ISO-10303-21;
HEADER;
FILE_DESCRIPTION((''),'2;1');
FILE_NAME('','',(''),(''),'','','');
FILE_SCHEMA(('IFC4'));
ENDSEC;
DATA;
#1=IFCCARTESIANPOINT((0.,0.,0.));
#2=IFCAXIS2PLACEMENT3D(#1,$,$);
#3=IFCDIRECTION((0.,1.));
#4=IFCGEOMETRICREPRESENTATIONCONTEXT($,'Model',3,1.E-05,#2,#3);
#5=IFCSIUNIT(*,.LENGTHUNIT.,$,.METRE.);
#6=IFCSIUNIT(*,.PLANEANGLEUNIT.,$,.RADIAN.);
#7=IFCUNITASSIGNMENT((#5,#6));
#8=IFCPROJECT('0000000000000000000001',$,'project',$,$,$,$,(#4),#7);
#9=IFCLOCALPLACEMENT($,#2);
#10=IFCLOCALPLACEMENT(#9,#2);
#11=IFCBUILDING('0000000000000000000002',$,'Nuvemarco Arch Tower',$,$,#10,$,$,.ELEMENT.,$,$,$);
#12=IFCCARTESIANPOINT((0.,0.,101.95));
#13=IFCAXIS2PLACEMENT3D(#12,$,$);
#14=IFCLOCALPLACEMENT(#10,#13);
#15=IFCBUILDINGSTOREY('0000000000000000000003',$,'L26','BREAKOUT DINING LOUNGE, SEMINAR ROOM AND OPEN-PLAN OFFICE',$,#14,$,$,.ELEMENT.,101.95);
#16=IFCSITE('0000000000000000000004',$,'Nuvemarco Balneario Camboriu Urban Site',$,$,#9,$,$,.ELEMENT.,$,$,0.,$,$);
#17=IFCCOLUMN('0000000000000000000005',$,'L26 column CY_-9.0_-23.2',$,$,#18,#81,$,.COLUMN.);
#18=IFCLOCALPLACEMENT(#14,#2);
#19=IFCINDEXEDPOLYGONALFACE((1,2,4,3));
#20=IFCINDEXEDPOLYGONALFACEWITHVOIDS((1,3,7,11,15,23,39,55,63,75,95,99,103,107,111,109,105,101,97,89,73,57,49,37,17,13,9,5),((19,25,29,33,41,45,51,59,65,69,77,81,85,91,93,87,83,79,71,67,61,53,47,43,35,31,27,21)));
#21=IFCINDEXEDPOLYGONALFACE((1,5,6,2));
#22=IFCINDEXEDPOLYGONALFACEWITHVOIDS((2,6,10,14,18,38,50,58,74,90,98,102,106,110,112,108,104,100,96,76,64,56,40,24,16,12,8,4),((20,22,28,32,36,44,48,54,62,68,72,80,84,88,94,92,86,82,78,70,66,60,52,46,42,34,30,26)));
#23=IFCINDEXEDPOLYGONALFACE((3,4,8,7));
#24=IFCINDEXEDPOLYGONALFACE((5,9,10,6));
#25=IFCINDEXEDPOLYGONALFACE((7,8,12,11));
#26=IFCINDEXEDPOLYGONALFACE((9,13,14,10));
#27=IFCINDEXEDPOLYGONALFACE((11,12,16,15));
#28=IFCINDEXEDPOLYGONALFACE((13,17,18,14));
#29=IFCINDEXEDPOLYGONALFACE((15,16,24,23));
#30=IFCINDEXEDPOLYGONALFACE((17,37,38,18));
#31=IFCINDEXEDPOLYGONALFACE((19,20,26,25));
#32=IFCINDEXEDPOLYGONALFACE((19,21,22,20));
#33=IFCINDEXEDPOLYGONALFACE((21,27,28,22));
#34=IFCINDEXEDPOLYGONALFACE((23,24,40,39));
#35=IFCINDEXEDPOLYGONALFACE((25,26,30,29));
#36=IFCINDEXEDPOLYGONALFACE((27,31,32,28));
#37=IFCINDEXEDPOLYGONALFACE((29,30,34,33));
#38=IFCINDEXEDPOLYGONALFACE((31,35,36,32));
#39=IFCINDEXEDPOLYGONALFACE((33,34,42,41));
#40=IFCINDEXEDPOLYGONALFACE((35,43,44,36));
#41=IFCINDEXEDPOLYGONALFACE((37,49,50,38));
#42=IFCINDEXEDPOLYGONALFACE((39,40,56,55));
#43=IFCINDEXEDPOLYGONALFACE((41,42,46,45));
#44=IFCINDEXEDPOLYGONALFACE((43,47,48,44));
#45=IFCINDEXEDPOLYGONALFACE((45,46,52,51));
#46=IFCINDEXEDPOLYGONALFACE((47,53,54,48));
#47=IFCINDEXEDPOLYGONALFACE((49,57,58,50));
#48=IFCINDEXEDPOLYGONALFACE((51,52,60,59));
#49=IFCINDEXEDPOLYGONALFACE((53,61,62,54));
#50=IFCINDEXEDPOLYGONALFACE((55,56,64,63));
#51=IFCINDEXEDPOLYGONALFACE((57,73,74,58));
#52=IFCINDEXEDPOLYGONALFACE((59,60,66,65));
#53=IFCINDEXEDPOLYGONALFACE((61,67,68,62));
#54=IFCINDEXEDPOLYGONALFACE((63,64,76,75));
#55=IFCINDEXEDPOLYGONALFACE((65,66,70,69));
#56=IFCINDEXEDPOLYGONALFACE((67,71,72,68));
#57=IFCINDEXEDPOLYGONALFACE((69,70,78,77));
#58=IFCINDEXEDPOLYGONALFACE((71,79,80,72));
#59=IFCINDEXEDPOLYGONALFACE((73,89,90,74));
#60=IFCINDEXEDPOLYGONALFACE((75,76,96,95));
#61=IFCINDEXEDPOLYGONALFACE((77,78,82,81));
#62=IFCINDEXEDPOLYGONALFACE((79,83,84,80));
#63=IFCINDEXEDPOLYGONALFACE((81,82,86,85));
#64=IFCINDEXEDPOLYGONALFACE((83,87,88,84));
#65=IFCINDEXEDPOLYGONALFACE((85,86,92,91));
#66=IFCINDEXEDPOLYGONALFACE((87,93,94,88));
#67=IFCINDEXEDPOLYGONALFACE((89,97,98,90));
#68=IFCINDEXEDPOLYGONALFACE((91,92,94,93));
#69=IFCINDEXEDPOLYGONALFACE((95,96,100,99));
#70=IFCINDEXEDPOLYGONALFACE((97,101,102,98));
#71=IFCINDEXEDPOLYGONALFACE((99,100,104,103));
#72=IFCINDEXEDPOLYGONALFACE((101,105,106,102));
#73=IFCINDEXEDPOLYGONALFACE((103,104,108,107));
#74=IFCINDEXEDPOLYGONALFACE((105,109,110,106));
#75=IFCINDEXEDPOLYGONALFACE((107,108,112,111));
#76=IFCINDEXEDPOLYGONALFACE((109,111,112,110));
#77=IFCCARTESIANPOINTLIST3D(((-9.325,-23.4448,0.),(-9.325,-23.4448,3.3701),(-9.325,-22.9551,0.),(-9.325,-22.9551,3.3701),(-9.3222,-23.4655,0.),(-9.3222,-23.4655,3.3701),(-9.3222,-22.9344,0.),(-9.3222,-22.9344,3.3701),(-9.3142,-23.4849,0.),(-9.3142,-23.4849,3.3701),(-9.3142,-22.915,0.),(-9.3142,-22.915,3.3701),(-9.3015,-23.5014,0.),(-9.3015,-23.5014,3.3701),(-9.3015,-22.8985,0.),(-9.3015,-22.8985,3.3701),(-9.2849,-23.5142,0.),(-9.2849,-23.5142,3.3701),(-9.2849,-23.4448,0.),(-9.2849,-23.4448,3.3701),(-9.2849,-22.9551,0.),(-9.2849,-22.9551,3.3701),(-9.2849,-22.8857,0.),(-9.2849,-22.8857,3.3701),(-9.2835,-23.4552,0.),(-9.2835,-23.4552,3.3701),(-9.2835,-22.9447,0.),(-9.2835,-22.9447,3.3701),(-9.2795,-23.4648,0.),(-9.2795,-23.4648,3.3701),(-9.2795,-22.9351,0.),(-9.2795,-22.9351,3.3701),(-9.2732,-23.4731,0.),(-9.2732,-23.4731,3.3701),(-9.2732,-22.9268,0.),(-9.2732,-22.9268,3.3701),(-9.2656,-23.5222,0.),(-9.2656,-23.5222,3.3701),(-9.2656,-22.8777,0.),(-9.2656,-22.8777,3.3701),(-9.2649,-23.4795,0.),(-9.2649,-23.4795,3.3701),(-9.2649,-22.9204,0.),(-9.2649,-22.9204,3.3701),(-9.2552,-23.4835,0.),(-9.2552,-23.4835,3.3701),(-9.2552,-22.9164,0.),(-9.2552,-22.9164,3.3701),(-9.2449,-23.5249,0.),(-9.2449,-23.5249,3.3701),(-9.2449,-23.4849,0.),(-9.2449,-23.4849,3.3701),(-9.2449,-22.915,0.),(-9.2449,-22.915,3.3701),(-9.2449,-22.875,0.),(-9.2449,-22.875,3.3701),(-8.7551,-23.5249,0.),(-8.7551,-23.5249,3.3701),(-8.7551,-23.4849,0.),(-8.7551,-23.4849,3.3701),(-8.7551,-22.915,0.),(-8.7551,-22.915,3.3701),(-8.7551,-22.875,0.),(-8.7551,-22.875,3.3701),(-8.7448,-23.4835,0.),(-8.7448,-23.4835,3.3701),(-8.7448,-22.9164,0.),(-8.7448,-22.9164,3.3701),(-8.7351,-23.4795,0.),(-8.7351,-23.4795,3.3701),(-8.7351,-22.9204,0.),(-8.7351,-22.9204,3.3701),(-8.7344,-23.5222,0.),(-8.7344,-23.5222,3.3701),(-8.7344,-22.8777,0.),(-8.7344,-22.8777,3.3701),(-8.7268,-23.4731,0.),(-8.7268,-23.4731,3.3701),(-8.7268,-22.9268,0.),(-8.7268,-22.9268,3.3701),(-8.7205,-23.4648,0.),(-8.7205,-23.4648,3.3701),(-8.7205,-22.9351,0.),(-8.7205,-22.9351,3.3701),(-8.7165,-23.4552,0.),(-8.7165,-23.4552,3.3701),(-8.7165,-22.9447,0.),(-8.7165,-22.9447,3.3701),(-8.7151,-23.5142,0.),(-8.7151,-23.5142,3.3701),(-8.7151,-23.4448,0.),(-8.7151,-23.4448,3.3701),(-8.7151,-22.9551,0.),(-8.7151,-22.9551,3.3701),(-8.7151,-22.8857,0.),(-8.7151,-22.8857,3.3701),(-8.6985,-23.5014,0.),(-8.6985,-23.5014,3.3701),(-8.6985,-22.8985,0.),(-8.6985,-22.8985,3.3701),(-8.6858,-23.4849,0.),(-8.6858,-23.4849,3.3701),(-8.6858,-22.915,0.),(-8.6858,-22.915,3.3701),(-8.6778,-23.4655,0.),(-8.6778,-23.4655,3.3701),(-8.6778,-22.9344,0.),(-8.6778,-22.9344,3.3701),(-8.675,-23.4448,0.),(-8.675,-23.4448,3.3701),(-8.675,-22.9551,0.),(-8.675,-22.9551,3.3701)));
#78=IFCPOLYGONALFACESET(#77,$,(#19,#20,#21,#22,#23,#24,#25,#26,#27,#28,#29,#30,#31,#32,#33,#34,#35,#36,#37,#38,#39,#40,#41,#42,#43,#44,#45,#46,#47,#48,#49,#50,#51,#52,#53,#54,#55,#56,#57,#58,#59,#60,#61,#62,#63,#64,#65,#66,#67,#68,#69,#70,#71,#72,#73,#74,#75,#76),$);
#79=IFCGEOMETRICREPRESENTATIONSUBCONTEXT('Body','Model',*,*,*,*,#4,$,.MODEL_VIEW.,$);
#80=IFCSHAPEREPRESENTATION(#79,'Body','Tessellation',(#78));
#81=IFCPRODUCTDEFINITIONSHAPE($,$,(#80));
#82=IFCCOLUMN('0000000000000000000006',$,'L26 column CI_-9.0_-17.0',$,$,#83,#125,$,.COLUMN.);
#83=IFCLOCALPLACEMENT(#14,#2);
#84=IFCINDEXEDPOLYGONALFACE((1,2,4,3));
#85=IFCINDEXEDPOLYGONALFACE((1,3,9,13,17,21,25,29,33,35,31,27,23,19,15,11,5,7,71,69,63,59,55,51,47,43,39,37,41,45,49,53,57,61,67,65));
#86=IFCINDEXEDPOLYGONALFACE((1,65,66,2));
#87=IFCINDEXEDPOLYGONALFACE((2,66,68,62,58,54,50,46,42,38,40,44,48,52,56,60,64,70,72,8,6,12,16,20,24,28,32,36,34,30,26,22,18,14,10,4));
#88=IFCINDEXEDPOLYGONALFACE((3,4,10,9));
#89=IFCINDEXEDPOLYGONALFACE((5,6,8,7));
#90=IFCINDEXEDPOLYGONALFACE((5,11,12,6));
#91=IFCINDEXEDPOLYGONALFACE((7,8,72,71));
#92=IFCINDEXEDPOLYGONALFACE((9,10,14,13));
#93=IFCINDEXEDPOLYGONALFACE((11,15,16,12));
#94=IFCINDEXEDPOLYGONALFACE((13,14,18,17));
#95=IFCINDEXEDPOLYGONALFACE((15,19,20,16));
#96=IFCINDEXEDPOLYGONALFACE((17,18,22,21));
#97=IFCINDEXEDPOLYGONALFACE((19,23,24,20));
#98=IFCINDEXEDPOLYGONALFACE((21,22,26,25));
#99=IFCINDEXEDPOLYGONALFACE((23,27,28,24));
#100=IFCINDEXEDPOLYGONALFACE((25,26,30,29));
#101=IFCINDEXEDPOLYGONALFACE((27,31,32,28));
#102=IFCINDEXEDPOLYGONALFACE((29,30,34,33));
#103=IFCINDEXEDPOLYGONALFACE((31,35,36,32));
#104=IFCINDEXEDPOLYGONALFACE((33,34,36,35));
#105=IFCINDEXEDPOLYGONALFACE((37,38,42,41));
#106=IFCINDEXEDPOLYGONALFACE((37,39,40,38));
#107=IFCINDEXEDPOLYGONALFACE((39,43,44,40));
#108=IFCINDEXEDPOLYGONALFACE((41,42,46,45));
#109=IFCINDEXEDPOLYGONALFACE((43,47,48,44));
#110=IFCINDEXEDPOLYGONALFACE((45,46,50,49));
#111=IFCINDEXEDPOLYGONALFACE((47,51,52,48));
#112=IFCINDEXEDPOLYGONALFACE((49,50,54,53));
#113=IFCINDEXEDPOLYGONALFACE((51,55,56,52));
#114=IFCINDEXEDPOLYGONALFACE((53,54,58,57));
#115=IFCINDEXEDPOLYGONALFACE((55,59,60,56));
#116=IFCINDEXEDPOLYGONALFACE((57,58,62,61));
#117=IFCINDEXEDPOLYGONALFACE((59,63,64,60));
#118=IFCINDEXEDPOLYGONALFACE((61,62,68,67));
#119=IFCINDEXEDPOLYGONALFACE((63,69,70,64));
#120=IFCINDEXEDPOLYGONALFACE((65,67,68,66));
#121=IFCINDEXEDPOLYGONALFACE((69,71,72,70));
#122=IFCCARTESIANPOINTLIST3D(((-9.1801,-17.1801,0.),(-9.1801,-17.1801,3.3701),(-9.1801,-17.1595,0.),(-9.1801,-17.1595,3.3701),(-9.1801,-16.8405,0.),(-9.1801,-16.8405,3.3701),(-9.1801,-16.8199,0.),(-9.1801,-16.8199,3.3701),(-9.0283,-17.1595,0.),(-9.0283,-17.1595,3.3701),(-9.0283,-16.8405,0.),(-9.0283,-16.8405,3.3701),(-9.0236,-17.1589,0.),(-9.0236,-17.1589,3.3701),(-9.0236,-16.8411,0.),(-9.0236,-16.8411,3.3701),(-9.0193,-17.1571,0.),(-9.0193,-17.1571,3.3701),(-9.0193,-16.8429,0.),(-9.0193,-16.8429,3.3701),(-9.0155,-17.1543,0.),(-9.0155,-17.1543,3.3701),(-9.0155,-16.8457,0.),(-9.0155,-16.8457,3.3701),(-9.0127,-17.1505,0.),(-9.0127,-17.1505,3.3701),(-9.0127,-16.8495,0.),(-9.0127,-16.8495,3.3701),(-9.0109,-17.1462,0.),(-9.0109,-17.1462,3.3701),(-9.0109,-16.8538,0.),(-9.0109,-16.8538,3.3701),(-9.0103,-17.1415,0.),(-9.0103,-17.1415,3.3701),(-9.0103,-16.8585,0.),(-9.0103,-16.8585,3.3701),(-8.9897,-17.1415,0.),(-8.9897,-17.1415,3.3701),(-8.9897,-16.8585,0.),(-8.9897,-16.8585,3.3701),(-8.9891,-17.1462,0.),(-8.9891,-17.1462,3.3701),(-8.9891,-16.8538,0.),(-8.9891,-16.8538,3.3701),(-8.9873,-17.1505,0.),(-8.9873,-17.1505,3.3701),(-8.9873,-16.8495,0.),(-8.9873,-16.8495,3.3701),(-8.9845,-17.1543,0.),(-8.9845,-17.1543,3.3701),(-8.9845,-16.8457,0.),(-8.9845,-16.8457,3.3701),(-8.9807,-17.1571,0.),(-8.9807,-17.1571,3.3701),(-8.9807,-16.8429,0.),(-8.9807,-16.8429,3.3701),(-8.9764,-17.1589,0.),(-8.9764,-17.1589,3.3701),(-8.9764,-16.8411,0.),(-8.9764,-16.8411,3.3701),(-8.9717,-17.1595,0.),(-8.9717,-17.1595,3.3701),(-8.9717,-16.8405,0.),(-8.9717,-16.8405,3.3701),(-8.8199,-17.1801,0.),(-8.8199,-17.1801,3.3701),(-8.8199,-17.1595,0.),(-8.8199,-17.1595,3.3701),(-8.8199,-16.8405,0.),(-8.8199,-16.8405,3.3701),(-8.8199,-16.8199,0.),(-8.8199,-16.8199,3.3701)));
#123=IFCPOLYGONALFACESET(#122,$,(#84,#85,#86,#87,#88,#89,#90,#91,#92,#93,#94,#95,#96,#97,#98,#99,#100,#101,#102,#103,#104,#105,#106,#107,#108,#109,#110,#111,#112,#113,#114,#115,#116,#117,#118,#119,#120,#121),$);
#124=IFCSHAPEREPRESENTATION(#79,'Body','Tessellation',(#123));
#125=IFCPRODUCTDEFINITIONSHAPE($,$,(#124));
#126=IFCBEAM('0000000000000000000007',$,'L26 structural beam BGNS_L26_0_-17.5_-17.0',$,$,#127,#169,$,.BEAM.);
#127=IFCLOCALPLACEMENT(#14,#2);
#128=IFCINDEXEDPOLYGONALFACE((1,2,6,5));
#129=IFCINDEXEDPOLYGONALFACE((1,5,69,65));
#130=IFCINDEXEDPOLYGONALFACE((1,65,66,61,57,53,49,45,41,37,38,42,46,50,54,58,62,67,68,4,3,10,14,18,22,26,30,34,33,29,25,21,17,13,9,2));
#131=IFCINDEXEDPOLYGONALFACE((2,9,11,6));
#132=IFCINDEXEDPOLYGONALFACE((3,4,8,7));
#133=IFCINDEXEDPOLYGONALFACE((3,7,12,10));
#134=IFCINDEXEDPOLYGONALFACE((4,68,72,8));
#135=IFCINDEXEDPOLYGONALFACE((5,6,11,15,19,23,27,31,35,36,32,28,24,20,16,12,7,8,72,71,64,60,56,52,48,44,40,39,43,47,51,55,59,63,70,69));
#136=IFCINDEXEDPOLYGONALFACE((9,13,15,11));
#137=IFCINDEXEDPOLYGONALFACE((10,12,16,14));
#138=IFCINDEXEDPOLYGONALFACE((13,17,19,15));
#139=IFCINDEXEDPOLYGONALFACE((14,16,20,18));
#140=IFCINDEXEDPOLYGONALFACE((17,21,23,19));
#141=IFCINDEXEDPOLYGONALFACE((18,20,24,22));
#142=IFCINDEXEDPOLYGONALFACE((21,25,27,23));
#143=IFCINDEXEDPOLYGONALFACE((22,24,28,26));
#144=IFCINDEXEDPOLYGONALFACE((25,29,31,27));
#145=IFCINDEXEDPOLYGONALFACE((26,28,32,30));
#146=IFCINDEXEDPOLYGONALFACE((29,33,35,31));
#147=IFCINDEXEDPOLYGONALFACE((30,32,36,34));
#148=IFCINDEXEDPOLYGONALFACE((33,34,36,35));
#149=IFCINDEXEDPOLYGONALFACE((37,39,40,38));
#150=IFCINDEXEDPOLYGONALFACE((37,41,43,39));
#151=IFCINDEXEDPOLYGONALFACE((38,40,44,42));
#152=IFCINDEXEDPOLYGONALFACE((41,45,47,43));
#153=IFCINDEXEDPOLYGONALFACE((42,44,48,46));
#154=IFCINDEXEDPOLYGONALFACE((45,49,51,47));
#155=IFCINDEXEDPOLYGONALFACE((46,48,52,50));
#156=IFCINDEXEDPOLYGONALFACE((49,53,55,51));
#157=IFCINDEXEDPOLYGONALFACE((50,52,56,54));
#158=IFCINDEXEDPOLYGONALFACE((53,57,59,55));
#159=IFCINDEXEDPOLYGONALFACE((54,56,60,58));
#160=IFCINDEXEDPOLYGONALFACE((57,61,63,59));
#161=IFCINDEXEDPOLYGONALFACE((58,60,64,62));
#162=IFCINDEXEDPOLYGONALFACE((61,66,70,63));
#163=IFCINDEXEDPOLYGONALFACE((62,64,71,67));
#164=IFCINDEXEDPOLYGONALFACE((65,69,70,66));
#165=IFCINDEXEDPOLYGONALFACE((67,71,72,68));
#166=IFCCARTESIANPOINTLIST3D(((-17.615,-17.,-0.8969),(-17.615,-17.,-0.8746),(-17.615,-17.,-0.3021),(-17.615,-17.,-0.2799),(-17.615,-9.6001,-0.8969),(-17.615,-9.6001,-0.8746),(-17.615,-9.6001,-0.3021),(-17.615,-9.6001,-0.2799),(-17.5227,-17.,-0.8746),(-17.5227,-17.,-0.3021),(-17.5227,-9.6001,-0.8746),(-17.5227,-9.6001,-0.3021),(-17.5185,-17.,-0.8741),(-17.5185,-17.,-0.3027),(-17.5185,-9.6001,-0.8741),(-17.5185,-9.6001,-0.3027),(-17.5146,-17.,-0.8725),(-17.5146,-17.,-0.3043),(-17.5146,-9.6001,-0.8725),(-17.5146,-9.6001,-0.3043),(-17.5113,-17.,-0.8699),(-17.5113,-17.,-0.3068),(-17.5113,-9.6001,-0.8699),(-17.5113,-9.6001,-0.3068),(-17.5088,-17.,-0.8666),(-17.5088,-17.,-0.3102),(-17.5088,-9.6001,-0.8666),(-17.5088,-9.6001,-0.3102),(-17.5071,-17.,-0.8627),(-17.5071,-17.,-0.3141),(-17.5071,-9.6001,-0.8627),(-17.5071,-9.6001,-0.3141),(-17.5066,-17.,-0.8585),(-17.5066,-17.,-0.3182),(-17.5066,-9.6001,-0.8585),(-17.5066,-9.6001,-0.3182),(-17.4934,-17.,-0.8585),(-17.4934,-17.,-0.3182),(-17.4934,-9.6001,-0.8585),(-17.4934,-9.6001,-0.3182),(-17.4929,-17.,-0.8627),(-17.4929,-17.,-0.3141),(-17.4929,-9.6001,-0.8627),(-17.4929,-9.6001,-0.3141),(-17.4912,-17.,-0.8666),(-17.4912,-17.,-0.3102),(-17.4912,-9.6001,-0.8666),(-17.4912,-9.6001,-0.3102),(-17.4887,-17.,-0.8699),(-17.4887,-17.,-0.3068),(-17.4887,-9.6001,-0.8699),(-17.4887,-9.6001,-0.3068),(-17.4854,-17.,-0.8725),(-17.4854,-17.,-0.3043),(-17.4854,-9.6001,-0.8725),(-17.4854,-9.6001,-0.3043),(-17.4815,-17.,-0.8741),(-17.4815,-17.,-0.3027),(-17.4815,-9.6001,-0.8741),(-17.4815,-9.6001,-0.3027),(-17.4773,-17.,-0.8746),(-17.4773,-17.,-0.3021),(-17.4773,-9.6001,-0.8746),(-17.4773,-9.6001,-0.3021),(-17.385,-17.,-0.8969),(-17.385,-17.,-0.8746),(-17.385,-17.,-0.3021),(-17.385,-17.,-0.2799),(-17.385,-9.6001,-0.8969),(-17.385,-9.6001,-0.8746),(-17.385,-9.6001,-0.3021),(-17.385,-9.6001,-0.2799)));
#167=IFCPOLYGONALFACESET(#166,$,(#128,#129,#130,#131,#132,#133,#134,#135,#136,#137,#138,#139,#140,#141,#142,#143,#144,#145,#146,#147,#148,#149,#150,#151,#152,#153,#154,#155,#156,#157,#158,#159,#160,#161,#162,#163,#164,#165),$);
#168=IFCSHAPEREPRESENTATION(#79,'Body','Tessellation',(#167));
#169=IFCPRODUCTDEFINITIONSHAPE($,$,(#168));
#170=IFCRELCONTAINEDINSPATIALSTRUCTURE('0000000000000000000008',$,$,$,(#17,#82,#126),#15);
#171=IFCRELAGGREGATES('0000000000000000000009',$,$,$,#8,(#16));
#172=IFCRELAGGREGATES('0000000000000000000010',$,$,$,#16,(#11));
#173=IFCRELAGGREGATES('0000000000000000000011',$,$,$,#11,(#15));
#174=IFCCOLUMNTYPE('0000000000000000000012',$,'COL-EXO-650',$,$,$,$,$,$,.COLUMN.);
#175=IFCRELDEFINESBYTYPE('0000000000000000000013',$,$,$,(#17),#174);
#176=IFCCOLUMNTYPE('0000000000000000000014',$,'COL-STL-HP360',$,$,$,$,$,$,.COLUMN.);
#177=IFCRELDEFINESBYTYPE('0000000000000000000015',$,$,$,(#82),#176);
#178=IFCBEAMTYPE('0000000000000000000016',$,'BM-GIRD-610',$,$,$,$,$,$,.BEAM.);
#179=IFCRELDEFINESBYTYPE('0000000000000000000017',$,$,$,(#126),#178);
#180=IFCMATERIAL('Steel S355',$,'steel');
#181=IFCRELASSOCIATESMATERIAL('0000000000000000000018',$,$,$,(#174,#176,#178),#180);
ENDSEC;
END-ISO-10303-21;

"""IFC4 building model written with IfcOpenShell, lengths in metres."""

from ifc_helpers import new_model, si_unit, direction, frame, origin, origin_2d, place, context, subcontext, project, spatial, hollow_rectangle, i_section, extrude, material, material_profile, profile_set, type_object, element, save


model = new_model("IFC4")

# Units and contexts
model_context = context("Model", 3, precision=1e-05, world=origin(), true_north=direction((0.0, 1.0)))
body_context = subcontext(model_context, "Body", "Model", "MODEL_VIEW")
ifc_project = project(units=[si_unit("LENGTHUNIT", "METRE"), si_unit("PLANEANGLEUNIT", "RADIAN")], contexts=[model_context])

# Site, building, storey
site_placement = place(None, origin())
site = spatial("IfcSite", under=ifc_project, at=site_placement, Name="Nuvemarco Balneario Camboriu Urban Site", CompositionType="ELEMENT", RefElevation=0.0)
building_placement = place(site_placement, origin())
building = spatial("IfcBuilding", under=site, at=building_placement, Name="Nuvemarco Arch Tower", CompositionType="ELEMENT")
storey_placement = place(building_placement, frame((0.0, 0.0, 101.95)))
storey = spatial("IfcBuildingStorey", under=building, at=storey_placement, Name="L26", Description="BREAKOUT DINING LOUNGE, SEMINAR ROOM AND OPEN-PLAN OFFICE", CompositionType="ELEMENT", Elevation=101.95)

# Columns
ifc_material_1 = material(Name="Steel S355", Category="steel")
ifc_material_profile_1 = material_profile(ifc_material_1, hollow_rectangle(XDim=0.6499, YDim=0.6499, WallThickness=0.04, InnerFilletRadius=0.04, OuterFilletRadius=0.0801, at=origin_2d()), Name="SHS650x650x40")
ifc_profile_set_1 = profile_set([ifc_material_profile_1], Name="Steel S355")
column_type_1 = type_object("IfcColumnType", Name="COL-EXO-650", PredefinedType="COLUMN", material=ifc_profile_set_1)
column_1_placement = place(storey_placement, frame((-9.0, -23.2, 0.0), z_axis=(0.0, 0.0, 1.0), x_axis=(1.0, 0.0, 0.0)))
element("IfcColumn", 1, at=column_1_placement, inside=storey, type_object=column_type_1, Name="L26 column CY_-9.0_-23.2", PredefinedType="COLUMN", context=body_context, shape_type="SweptSolid", body=[
    extrude(hollow_rectangle(XDim=0.6499, YDim=0.6499, WallThickness=0.04, InnerFilletRadius=0.04, OuterFilletRadius=0.0801, at=origin_2d()), origin(), (0.0, 0.0, 1.0), 3.3701),
])
ifc_material_profile_2 = material_profile(ifc_material_1, i_section(OverallWidth=0.3601, OverallDepth=0.3601, WebThickness=0.0205, FlangeThickness=0.0205, FilletRadius=0.0181, at=origin_2d()), Name="HP360x174")
ifc_profile_set_2 = profile_set([ifc_material_profile_2], Name="Steel S355")
column_type_2 = type_object("IfcColumnType", Name="COL-STL-HP360", PredefinedType="COLUMN", material=ifc_profile_set_2)
column_2_placement = place(storey_placement, frame((-9.0, -17.0, 0.0), z_axis=(0.0, 0.0, 1.0), x_axis=(1.0, 0.0, 0.0)))
element("IfcColumn", 2, at=column_2_placement, inside=storey, type_object=column_type_2, Name="L26 column CI_-9.0_-17.0", PredefinedType="COLUMN", context=body_context, shape_type="SweptSolid", body=[
    extrude(i_section(OverallWidth=0.3601, OverallDepth=0.3601, WebThickness=0.0205, FlangeThickness=0.0205, FilletRadius=0.0181, at=origin_2d()), origin(), (0.0, 0.0, 1.0), 3.3701),
])

# Beam
ifc_material_profile_3 = material_profile(ifc_material_1, i_section(OverallWidth=0.23, OverallDepth=0.6169, WebThickness=0.0132, FlangeThickness=0.0222, FilletRadius=0.0161, at=origin_2d()), Name="W610x140")
ifc_profile_set_3 = profile_set([ifc_material_profile_3], Name="Steel S355")
beam_type_1 = type_object("IfcBeamType", Name="BM-GIRD-610", PredefinedType="BEAM", material=ifc_profile_set_3)
beam_1_placement = place(storey_placement, frame((-17.5, -17.0, -0.5884), z_axis=(0.0, 1.0, 0.0), x_axis=(-1.0, 0.0, 0.0)))
element("IfcBeam", 3, at=beam_1_placement, inside=storey, type_object=beam_type_1, Name="L26 structural beam BGNS_L26_0_-17.5_-17.0", PredefinedType="BEAM", context=body_context, shape_type="SweptSolid", body=[
    extrude(i_section(OverallWidth=0.23, OverallDepth=0.6169, WebThickness=0.0132, FlangeThickness=0.0222, FilletRadius=0.0161, at=origin_2d()), origin(), (0.0, 0.0, 1.0), 7.3999),
])

save(model, "model.ifc")
